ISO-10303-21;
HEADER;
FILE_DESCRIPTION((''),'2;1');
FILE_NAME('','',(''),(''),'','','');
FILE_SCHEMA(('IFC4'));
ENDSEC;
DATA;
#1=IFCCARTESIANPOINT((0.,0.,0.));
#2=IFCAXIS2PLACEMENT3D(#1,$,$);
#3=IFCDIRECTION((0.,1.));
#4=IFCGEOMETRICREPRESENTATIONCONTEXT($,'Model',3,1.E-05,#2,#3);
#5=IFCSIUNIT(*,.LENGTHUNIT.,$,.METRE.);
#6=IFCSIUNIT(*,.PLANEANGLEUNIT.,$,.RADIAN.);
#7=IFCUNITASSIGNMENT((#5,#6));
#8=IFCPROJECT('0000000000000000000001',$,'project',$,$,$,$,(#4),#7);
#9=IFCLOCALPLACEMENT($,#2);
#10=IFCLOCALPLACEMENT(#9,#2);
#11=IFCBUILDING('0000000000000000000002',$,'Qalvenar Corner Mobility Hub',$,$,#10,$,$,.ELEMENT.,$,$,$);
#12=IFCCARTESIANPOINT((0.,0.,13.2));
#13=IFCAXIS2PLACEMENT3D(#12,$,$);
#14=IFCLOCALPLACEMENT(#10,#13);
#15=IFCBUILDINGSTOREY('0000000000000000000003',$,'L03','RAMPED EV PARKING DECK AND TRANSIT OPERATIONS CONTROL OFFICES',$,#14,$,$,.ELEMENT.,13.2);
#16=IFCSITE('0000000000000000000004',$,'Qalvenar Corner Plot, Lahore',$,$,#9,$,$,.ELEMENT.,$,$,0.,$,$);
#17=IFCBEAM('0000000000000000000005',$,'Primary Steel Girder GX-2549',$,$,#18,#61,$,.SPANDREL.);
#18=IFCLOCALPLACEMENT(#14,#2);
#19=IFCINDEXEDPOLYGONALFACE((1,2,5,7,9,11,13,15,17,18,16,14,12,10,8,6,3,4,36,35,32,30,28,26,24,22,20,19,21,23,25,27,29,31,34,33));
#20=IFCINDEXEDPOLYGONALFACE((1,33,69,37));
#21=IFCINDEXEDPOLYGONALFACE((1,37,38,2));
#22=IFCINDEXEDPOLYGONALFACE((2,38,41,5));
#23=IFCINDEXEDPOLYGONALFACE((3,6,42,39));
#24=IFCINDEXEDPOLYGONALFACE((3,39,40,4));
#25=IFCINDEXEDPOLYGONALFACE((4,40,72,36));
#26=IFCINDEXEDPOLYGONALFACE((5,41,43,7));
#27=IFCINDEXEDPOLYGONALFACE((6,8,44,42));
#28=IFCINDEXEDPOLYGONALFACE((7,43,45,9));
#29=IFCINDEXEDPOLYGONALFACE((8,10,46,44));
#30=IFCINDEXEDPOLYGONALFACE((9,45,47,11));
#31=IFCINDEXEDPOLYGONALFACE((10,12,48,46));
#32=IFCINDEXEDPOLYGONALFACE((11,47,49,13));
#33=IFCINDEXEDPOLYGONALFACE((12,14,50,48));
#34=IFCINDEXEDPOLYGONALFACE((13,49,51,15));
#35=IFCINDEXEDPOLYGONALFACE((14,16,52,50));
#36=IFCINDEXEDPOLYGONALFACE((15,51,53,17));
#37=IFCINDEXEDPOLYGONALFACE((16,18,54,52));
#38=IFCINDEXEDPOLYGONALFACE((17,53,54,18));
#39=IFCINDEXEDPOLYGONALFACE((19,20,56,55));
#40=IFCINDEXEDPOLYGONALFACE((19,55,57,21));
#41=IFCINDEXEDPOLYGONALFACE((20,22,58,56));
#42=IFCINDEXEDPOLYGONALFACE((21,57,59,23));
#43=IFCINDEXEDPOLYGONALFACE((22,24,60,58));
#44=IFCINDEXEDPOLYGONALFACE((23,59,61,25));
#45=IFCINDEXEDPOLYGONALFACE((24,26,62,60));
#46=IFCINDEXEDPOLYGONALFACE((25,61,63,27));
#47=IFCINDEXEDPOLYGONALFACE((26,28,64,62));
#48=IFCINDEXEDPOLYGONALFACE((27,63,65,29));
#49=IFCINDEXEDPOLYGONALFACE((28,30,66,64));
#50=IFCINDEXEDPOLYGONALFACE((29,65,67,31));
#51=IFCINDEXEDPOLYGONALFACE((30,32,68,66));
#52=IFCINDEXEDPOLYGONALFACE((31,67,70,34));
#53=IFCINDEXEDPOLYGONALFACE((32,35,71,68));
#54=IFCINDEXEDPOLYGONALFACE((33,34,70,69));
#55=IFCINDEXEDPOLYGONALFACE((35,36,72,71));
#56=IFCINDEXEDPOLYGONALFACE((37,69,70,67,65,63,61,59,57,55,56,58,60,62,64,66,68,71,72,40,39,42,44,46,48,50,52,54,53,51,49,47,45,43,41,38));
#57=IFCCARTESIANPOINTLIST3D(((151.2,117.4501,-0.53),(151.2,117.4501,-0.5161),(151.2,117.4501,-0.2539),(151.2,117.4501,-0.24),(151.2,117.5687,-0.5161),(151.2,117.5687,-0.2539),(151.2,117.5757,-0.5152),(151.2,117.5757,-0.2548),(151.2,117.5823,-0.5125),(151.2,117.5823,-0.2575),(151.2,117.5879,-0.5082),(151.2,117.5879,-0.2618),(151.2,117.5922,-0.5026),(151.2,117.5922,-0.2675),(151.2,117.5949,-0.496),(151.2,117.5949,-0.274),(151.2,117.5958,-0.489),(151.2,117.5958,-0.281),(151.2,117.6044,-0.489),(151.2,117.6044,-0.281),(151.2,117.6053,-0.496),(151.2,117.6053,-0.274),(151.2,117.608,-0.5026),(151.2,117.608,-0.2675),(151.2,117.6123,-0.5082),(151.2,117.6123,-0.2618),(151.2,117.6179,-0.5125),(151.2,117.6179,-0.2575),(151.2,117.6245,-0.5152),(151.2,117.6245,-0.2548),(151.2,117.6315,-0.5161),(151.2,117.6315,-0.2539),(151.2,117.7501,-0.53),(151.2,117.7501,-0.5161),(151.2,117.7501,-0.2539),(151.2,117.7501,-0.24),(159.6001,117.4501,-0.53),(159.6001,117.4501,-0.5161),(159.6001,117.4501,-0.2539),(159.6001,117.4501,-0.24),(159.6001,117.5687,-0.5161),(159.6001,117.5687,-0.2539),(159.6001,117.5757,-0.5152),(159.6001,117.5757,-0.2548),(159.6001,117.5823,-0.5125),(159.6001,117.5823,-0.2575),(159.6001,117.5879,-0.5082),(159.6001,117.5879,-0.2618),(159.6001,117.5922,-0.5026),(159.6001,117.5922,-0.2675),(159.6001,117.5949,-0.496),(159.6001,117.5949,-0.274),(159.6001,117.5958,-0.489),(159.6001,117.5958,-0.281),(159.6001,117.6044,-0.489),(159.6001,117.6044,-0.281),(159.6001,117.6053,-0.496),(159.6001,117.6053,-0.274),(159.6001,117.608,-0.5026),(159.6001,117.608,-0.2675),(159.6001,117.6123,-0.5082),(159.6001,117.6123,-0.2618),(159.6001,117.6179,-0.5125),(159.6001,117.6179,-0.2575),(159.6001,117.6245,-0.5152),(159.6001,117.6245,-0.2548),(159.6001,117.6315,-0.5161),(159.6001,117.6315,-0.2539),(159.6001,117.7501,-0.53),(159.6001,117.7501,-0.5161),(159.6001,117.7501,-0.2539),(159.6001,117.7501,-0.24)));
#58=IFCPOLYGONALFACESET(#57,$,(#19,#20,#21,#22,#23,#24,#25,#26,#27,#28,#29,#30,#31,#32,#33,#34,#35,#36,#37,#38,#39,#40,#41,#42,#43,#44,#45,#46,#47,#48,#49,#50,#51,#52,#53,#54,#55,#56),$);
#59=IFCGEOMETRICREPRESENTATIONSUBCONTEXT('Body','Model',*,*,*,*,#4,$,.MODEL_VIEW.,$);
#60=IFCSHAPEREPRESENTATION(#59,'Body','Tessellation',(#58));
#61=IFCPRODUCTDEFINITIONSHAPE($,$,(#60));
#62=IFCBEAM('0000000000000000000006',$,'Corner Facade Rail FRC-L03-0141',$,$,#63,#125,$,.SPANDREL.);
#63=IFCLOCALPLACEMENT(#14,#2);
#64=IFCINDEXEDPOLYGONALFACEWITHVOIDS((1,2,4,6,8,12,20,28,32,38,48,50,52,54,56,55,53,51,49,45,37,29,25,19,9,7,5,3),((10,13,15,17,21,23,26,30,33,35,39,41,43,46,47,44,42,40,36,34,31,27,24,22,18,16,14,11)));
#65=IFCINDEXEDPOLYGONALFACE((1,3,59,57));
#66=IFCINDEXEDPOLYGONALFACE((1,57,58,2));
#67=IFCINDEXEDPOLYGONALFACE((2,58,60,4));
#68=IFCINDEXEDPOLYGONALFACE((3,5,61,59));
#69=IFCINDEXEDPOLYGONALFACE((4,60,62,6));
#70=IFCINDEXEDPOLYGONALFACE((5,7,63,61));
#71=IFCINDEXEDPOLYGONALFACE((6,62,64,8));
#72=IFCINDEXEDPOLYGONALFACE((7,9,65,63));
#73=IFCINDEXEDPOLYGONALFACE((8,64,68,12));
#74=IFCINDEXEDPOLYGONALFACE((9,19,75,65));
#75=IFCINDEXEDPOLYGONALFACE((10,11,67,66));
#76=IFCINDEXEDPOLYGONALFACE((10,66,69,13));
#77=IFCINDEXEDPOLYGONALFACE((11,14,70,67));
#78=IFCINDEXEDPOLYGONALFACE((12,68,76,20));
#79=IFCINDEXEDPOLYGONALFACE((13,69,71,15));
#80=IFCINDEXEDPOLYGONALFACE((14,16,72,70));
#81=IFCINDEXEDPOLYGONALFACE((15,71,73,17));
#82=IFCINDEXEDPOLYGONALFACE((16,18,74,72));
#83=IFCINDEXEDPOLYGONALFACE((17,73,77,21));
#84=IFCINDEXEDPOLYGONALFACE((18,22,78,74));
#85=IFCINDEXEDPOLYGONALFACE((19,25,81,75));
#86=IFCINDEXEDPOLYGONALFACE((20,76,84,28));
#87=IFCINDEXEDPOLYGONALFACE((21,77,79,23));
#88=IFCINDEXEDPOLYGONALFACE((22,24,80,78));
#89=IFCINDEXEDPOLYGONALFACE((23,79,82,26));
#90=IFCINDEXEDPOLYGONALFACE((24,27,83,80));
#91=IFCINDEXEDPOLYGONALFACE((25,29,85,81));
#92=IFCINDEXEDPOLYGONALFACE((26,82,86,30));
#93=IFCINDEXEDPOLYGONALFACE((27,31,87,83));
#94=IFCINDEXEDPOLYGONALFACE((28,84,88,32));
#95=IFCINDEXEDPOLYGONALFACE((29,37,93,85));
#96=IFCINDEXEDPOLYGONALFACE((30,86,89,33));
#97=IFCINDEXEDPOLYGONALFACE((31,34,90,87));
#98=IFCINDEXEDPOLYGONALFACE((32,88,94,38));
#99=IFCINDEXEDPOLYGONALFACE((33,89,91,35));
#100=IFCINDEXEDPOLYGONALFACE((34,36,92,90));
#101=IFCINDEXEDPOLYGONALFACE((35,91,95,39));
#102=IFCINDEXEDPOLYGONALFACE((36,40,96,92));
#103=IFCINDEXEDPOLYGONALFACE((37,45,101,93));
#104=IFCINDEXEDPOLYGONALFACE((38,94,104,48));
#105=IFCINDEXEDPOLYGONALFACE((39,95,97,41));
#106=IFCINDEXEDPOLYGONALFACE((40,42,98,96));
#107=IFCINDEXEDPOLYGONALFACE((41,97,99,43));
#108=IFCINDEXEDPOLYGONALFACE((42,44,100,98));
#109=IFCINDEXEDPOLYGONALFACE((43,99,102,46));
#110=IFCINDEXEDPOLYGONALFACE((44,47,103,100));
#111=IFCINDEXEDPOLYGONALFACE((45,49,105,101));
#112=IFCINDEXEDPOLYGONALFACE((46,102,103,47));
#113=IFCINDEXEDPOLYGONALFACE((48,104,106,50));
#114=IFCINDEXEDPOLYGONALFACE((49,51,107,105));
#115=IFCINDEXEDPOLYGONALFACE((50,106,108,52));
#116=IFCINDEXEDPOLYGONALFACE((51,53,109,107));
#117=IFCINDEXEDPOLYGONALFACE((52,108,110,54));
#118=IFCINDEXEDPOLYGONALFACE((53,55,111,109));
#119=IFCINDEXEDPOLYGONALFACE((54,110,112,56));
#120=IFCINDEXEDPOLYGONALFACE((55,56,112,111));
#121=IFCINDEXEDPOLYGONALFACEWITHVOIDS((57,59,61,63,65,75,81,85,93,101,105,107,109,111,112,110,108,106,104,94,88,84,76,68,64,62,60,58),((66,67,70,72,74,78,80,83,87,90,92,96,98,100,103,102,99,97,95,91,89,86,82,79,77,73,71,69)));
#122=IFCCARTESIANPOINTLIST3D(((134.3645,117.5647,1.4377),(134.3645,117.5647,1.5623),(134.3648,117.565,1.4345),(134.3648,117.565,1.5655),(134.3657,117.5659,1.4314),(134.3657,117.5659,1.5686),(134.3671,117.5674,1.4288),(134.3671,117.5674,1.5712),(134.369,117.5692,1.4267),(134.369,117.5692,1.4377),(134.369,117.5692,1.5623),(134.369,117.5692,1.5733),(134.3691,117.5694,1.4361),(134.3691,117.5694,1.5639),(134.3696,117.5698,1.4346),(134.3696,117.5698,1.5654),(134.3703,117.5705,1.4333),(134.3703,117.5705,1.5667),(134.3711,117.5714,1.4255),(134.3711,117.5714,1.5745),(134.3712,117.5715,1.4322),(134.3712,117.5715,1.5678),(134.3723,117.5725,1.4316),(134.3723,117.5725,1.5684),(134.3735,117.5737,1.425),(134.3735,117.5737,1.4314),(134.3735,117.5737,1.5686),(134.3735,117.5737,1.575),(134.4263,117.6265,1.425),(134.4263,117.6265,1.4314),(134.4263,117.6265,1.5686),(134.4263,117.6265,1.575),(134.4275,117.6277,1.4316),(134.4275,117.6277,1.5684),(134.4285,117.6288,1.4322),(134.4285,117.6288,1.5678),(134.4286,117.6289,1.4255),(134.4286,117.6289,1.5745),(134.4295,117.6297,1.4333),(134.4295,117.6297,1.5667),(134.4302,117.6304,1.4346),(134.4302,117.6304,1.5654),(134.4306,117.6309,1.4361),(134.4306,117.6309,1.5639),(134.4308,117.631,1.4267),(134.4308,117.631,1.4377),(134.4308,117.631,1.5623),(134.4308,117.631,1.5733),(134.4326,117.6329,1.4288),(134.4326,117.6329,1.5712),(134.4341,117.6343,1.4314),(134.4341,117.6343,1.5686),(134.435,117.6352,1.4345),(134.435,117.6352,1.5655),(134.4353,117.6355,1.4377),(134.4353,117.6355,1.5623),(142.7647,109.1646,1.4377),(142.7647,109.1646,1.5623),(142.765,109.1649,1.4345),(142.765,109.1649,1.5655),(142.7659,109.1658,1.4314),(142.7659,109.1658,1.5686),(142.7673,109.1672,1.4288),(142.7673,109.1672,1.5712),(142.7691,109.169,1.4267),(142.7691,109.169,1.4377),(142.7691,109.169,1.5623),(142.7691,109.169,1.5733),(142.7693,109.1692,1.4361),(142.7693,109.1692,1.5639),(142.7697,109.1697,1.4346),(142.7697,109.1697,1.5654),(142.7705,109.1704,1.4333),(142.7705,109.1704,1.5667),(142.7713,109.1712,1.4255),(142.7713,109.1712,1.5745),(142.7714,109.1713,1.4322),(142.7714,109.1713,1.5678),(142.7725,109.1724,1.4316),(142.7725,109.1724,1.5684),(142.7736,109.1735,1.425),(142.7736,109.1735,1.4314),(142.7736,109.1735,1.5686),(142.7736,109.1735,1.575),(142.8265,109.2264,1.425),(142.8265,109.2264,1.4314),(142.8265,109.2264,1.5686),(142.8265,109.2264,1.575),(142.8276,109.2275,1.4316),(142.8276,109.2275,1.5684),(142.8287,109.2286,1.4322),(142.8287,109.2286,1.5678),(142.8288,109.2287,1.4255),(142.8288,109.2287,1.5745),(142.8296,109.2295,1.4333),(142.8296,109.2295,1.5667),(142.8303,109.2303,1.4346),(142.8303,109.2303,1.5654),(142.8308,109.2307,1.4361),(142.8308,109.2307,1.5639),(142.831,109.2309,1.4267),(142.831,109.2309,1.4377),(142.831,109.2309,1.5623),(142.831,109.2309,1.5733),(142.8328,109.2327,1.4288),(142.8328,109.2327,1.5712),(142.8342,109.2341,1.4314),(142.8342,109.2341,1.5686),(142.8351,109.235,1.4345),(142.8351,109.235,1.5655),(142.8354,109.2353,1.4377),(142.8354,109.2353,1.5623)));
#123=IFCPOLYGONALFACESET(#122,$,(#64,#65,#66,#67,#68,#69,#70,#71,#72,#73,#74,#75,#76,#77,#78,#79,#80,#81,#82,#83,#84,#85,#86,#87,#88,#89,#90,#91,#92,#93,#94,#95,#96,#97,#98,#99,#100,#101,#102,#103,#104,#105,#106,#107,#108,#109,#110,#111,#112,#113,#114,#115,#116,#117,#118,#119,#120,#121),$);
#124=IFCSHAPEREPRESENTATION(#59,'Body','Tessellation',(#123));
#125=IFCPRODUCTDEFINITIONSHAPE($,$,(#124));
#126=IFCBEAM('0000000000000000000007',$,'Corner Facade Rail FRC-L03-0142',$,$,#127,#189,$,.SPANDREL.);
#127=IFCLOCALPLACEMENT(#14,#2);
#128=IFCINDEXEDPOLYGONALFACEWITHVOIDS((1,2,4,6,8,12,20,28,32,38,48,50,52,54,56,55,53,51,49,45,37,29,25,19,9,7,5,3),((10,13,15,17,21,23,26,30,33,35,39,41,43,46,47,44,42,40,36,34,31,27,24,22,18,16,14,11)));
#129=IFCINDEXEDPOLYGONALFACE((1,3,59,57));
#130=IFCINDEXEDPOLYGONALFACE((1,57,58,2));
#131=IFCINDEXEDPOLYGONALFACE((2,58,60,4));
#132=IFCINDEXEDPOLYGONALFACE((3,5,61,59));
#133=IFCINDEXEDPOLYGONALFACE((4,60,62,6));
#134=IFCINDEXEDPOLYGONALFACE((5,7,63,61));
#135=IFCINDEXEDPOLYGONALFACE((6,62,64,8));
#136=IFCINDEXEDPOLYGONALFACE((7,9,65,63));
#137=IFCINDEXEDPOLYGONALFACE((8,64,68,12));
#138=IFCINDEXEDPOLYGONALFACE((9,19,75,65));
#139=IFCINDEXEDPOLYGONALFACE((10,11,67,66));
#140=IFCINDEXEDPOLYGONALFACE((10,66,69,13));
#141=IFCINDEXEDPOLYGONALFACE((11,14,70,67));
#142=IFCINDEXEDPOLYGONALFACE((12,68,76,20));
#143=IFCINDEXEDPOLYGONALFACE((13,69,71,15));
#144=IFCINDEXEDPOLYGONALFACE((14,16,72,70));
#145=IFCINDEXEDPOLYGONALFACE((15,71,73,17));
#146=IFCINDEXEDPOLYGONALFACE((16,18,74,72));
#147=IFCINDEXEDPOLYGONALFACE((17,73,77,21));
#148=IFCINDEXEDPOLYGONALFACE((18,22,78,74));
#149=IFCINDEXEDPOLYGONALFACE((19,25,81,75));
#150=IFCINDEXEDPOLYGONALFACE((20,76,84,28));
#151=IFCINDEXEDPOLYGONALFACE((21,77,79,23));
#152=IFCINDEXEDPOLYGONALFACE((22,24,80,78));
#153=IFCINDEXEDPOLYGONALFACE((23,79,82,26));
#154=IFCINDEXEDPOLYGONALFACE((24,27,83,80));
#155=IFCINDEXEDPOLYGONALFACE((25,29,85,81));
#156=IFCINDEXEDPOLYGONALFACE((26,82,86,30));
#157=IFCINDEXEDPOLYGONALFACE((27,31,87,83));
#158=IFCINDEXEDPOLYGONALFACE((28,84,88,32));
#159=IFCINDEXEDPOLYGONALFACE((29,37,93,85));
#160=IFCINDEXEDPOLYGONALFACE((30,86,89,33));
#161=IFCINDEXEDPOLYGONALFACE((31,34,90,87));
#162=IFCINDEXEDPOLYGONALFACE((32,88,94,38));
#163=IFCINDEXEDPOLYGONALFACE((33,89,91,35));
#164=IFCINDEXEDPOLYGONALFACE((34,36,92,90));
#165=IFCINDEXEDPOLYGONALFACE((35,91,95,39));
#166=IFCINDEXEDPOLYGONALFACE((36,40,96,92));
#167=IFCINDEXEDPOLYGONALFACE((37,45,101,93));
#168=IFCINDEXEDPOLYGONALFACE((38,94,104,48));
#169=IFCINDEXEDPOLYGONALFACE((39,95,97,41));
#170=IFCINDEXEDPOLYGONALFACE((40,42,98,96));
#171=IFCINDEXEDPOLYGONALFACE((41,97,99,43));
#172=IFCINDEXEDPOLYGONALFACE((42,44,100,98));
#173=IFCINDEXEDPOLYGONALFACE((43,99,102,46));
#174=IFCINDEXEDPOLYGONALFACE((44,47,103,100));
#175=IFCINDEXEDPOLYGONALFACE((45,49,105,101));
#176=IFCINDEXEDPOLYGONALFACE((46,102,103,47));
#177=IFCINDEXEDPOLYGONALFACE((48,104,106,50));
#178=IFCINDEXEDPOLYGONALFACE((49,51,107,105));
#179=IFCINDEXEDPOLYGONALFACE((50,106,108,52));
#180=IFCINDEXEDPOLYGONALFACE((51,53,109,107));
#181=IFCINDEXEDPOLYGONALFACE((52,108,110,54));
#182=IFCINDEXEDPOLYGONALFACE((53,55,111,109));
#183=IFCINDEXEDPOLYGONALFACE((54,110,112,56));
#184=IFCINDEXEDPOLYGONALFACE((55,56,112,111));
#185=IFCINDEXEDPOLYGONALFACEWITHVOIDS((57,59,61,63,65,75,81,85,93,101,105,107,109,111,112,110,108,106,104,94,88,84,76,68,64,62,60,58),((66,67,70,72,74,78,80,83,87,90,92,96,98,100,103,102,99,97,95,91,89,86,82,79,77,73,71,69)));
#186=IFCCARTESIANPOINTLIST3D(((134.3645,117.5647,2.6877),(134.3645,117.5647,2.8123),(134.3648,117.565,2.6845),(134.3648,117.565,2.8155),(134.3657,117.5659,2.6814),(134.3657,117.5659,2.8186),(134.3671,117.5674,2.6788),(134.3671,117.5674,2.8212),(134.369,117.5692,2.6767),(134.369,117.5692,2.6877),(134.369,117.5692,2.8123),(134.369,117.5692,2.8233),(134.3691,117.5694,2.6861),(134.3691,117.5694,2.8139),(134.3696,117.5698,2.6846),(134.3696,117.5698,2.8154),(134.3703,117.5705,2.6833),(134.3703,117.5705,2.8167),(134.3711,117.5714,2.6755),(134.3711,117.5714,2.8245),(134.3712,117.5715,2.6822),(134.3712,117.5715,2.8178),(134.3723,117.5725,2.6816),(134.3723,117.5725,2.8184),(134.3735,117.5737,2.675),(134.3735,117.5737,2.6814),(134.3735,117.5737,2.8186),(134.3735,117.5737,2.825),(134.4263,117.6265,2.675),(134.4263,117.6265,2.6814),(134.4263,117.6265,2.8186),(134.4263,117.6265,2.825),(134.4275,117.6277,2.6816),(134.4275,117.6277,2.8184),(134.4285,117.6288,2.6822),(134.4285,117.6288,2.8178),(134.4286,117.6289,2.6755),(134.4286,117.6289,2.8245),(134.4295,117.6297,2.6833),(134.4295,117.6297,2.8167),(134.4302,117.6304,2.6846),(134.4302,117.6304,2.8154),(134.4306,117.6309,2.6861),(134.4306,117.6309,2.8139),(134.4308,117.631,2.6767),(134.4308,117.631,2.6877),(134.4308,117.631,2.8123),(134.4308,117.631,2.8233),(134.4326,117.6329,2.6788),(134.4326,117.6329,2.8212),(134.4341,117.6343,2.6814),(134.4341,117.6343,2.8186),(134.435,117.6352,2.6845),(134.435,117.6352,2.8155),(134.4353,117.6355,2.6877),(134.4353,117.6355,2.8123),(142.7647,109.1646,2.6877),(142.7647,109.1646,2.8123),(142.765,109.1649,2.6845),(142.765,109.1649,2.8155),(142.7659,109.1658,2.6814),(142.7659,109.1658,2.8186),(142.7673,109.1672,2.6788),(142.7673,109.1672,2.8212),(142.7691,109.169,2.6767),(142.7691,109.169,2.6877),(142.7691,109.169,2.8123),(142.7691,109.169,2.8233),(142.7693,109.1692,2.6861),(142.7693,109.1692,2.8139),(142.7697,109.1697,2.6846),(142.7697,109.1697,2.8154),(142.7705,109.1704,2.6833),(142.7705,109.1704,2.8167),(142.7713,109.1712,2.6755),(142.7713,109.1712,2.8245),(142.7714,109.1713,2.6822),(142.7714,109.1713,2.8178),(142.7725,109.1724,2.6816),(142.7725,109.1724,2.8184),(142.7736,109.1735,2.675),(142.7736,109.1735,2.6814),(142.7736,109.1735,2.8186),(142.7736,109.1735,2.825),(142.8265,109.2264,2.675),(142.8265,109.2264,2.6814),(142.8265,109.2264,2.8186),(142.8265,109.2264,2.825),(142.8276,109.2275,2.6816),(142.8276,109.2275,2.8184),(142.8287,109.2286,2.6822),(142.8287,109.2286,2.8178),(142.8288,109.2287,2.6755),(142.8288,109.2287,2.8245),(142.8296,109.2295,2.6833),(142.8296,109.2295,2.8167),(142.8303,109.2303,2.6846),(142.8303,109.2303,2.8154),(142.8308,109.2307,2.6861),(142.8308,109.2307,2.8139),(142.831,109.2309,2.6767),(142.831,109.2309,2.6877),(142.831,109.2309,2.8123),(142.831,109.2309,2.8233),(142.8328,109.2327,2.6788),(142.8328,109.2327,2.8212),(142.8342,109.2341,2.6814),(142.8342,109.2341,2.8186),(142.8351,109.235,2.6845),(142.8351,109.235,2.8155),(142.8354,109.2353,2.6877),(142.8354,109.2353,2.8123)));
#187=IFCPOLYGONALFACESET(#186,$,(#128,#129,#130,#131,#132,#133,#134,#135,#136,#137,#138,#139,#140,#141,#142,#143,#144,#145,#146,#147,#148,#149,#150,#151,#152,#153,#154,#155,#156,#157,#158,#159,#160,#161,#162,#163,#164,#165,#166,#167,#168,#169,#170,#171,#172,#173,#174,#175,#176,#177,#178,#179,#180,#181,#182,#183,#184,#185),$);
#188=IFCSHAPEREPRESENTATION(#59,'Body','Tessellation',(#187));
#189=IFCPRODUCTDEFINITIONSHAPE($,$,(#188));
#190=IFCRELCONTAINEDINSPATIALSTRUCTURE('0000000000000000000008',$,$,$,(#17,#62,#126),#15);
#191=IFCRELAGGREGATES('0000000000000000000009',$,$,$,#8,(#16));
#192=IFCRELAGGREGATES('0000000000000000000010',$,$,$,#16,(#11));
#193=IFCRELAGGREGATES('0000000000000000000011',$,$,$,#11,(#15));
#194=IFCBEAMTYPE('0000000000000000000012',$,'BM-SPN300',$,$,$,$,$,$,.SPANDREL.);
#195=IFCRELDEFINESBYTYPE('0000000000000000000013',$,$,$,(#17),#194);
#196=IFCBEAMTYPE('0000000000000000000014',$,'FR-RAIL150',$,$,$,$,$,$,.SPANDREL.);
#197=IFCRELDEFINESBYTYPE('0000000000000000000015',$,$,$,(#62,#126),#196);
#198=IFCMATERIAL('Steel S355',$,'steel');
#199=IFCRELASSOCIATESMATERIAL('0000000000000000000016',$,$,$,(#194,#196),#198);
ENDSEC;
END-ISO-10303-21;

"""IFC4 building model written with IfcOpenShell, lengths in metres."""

from ifc_helpers import new_model, si_unit, direction, frame, origin, origin_2d, place, context, subcontext, project, spatial, hollow_rectangle, i_section, extrude, material, material_profile, profile_set, type_object, element, save


model = new_model("IFC4")

# Units and contexts
model_context = context("Model", 3, precision=1e-05, world=origin(), true_north=direction((0.0, 1.0)))
body_context = subcontext(model_context, "Body", "Model", "MODEL_VIEW")
ifc_project = project(units=[si_unit("LENGTHUNIT", "METRE"), si_unit("PLANEANGLEUNIT", "RADIAN")], contexts=[model_context])

# Site, building, storey
site_placement = place(None, origin())
site = spatial("IfcSite", under=ifc_project, at=site_placement, Name="Qalvenar Corner Plot, Lahore", CompositionType="ELEMENT", RefElevation=0.0)
building_placement = place(site_placement, origin())
building = spatial("IfcBuilding", under=site, at=building_placement, Name="Qalvenar Corner Mobility Hub", CompositionType="ELEMENT")
storey_placement = place(building_placement, frame((0.0, 0.0, 13.2)))
storey = spatial("IfcBuildingStorey", under=building, at=storey_placement, Name="L03", Description="RAMPED EV PARKING DECK AND TRANSIT OPERATIONS CONTROL OFFICES", CompositionType="ELEMENT", Elevation=13.2)

# Shared definitions
ifc_material_1 = material(Name="Steel S355", Category="steel")

# Beams
ifc_material_profile_1 = material_profile(ifc_material_1, i_section(OverallWidth=0.3, OverallDepth=0.29, WebThickness=0.0085, FlangeThickness=0.0139, FilletRadius=0.0271, at=origin_2d()), Name="HEA300")
ifc_profile_set_1 = profile_set([ifc_material_profile_1], Name="Steel S355")
beam_type_1 = type_object("IfcBeamType", Name="BM-SPN300", PredefinedType="SPANDREL", material=ifc_profile_set_1)
beam_1_placement = place(storey_placement, frame((151.2, 117.6001, -0.385), z_axis=(1.0, 0.0, 0.0), x_axis=(0.0, 1.0, 0.0)))
element("IfcBeam", 1, at=beam_1_placement, inside=storey, type_object=beam_type_1, Name="Primary Steel Girder GX-2549", PredefinedType="SPANDREL", context=body_context, shape_type="SweptSolid", body=[
    extrude(i_section(OverallWidth=0.3, OverallDepth=0.29, WebThickness=0.0085, FlangeThickness=0.0139, FilletRadius=0.0271, at=origin_2d()), origin(), (0.0, 0.0, 1.0), 8.4001),
])
ifc_material_profile_2 = material_profile(ifc_material_1, hollow_rectangle(XDim=0.1001, YDim=0.1499, WallThickness=0.0063, InnerFilletRadius=0.0063, OuterFilletRadius=0.0127, at=origin_2d()), Name="RHS150x100x6.3")
ifc_profile_set_2 = profile_set([ifc_material_profile_2], Name="Steel S355")
beam_type_2 = type_object("IfcBeamType", Name="FR-RAIL150", PredefinedType="SPANDREL", material=ifc_profile_set_2)
for number, where, z_axis, x_axis, name in (
    (2, (142.8, 109.2, 1.5), (-0.707107, 0.707107, 0.0), (-0.707107, -0.707107, 0.0), "Corner Facade Rail FRC-L03-0141"),
    (3, (142.8, 109.2, 2.75), (-0.707107, 0.707107, 0.0), (-0.707107, -0.707107, 0.0), "Corner Facade Rail FRC-L03-0142"),
):
    element("IfcBeam", number, at=place(storey_placement, frame(where, z_axis=z_axis, x_axis=x_axis)), inside=storey, type_object=beam_type_2, Name=name, PredefinedType="SPANDREL", context=body_context, shape_type="SweptSolid", body=[
        extrude(hollow_rectangle(XDim=0.1001, YDim=0.1499, WallThickness=0.0063, InnerFilletRadius=0.0063, OuterFilletRadius=0.0127, at=origin_2d()), origin(), (0.0, 0.0, 1.0), 11.8796),
    ])

save(model, "model.ifc")
